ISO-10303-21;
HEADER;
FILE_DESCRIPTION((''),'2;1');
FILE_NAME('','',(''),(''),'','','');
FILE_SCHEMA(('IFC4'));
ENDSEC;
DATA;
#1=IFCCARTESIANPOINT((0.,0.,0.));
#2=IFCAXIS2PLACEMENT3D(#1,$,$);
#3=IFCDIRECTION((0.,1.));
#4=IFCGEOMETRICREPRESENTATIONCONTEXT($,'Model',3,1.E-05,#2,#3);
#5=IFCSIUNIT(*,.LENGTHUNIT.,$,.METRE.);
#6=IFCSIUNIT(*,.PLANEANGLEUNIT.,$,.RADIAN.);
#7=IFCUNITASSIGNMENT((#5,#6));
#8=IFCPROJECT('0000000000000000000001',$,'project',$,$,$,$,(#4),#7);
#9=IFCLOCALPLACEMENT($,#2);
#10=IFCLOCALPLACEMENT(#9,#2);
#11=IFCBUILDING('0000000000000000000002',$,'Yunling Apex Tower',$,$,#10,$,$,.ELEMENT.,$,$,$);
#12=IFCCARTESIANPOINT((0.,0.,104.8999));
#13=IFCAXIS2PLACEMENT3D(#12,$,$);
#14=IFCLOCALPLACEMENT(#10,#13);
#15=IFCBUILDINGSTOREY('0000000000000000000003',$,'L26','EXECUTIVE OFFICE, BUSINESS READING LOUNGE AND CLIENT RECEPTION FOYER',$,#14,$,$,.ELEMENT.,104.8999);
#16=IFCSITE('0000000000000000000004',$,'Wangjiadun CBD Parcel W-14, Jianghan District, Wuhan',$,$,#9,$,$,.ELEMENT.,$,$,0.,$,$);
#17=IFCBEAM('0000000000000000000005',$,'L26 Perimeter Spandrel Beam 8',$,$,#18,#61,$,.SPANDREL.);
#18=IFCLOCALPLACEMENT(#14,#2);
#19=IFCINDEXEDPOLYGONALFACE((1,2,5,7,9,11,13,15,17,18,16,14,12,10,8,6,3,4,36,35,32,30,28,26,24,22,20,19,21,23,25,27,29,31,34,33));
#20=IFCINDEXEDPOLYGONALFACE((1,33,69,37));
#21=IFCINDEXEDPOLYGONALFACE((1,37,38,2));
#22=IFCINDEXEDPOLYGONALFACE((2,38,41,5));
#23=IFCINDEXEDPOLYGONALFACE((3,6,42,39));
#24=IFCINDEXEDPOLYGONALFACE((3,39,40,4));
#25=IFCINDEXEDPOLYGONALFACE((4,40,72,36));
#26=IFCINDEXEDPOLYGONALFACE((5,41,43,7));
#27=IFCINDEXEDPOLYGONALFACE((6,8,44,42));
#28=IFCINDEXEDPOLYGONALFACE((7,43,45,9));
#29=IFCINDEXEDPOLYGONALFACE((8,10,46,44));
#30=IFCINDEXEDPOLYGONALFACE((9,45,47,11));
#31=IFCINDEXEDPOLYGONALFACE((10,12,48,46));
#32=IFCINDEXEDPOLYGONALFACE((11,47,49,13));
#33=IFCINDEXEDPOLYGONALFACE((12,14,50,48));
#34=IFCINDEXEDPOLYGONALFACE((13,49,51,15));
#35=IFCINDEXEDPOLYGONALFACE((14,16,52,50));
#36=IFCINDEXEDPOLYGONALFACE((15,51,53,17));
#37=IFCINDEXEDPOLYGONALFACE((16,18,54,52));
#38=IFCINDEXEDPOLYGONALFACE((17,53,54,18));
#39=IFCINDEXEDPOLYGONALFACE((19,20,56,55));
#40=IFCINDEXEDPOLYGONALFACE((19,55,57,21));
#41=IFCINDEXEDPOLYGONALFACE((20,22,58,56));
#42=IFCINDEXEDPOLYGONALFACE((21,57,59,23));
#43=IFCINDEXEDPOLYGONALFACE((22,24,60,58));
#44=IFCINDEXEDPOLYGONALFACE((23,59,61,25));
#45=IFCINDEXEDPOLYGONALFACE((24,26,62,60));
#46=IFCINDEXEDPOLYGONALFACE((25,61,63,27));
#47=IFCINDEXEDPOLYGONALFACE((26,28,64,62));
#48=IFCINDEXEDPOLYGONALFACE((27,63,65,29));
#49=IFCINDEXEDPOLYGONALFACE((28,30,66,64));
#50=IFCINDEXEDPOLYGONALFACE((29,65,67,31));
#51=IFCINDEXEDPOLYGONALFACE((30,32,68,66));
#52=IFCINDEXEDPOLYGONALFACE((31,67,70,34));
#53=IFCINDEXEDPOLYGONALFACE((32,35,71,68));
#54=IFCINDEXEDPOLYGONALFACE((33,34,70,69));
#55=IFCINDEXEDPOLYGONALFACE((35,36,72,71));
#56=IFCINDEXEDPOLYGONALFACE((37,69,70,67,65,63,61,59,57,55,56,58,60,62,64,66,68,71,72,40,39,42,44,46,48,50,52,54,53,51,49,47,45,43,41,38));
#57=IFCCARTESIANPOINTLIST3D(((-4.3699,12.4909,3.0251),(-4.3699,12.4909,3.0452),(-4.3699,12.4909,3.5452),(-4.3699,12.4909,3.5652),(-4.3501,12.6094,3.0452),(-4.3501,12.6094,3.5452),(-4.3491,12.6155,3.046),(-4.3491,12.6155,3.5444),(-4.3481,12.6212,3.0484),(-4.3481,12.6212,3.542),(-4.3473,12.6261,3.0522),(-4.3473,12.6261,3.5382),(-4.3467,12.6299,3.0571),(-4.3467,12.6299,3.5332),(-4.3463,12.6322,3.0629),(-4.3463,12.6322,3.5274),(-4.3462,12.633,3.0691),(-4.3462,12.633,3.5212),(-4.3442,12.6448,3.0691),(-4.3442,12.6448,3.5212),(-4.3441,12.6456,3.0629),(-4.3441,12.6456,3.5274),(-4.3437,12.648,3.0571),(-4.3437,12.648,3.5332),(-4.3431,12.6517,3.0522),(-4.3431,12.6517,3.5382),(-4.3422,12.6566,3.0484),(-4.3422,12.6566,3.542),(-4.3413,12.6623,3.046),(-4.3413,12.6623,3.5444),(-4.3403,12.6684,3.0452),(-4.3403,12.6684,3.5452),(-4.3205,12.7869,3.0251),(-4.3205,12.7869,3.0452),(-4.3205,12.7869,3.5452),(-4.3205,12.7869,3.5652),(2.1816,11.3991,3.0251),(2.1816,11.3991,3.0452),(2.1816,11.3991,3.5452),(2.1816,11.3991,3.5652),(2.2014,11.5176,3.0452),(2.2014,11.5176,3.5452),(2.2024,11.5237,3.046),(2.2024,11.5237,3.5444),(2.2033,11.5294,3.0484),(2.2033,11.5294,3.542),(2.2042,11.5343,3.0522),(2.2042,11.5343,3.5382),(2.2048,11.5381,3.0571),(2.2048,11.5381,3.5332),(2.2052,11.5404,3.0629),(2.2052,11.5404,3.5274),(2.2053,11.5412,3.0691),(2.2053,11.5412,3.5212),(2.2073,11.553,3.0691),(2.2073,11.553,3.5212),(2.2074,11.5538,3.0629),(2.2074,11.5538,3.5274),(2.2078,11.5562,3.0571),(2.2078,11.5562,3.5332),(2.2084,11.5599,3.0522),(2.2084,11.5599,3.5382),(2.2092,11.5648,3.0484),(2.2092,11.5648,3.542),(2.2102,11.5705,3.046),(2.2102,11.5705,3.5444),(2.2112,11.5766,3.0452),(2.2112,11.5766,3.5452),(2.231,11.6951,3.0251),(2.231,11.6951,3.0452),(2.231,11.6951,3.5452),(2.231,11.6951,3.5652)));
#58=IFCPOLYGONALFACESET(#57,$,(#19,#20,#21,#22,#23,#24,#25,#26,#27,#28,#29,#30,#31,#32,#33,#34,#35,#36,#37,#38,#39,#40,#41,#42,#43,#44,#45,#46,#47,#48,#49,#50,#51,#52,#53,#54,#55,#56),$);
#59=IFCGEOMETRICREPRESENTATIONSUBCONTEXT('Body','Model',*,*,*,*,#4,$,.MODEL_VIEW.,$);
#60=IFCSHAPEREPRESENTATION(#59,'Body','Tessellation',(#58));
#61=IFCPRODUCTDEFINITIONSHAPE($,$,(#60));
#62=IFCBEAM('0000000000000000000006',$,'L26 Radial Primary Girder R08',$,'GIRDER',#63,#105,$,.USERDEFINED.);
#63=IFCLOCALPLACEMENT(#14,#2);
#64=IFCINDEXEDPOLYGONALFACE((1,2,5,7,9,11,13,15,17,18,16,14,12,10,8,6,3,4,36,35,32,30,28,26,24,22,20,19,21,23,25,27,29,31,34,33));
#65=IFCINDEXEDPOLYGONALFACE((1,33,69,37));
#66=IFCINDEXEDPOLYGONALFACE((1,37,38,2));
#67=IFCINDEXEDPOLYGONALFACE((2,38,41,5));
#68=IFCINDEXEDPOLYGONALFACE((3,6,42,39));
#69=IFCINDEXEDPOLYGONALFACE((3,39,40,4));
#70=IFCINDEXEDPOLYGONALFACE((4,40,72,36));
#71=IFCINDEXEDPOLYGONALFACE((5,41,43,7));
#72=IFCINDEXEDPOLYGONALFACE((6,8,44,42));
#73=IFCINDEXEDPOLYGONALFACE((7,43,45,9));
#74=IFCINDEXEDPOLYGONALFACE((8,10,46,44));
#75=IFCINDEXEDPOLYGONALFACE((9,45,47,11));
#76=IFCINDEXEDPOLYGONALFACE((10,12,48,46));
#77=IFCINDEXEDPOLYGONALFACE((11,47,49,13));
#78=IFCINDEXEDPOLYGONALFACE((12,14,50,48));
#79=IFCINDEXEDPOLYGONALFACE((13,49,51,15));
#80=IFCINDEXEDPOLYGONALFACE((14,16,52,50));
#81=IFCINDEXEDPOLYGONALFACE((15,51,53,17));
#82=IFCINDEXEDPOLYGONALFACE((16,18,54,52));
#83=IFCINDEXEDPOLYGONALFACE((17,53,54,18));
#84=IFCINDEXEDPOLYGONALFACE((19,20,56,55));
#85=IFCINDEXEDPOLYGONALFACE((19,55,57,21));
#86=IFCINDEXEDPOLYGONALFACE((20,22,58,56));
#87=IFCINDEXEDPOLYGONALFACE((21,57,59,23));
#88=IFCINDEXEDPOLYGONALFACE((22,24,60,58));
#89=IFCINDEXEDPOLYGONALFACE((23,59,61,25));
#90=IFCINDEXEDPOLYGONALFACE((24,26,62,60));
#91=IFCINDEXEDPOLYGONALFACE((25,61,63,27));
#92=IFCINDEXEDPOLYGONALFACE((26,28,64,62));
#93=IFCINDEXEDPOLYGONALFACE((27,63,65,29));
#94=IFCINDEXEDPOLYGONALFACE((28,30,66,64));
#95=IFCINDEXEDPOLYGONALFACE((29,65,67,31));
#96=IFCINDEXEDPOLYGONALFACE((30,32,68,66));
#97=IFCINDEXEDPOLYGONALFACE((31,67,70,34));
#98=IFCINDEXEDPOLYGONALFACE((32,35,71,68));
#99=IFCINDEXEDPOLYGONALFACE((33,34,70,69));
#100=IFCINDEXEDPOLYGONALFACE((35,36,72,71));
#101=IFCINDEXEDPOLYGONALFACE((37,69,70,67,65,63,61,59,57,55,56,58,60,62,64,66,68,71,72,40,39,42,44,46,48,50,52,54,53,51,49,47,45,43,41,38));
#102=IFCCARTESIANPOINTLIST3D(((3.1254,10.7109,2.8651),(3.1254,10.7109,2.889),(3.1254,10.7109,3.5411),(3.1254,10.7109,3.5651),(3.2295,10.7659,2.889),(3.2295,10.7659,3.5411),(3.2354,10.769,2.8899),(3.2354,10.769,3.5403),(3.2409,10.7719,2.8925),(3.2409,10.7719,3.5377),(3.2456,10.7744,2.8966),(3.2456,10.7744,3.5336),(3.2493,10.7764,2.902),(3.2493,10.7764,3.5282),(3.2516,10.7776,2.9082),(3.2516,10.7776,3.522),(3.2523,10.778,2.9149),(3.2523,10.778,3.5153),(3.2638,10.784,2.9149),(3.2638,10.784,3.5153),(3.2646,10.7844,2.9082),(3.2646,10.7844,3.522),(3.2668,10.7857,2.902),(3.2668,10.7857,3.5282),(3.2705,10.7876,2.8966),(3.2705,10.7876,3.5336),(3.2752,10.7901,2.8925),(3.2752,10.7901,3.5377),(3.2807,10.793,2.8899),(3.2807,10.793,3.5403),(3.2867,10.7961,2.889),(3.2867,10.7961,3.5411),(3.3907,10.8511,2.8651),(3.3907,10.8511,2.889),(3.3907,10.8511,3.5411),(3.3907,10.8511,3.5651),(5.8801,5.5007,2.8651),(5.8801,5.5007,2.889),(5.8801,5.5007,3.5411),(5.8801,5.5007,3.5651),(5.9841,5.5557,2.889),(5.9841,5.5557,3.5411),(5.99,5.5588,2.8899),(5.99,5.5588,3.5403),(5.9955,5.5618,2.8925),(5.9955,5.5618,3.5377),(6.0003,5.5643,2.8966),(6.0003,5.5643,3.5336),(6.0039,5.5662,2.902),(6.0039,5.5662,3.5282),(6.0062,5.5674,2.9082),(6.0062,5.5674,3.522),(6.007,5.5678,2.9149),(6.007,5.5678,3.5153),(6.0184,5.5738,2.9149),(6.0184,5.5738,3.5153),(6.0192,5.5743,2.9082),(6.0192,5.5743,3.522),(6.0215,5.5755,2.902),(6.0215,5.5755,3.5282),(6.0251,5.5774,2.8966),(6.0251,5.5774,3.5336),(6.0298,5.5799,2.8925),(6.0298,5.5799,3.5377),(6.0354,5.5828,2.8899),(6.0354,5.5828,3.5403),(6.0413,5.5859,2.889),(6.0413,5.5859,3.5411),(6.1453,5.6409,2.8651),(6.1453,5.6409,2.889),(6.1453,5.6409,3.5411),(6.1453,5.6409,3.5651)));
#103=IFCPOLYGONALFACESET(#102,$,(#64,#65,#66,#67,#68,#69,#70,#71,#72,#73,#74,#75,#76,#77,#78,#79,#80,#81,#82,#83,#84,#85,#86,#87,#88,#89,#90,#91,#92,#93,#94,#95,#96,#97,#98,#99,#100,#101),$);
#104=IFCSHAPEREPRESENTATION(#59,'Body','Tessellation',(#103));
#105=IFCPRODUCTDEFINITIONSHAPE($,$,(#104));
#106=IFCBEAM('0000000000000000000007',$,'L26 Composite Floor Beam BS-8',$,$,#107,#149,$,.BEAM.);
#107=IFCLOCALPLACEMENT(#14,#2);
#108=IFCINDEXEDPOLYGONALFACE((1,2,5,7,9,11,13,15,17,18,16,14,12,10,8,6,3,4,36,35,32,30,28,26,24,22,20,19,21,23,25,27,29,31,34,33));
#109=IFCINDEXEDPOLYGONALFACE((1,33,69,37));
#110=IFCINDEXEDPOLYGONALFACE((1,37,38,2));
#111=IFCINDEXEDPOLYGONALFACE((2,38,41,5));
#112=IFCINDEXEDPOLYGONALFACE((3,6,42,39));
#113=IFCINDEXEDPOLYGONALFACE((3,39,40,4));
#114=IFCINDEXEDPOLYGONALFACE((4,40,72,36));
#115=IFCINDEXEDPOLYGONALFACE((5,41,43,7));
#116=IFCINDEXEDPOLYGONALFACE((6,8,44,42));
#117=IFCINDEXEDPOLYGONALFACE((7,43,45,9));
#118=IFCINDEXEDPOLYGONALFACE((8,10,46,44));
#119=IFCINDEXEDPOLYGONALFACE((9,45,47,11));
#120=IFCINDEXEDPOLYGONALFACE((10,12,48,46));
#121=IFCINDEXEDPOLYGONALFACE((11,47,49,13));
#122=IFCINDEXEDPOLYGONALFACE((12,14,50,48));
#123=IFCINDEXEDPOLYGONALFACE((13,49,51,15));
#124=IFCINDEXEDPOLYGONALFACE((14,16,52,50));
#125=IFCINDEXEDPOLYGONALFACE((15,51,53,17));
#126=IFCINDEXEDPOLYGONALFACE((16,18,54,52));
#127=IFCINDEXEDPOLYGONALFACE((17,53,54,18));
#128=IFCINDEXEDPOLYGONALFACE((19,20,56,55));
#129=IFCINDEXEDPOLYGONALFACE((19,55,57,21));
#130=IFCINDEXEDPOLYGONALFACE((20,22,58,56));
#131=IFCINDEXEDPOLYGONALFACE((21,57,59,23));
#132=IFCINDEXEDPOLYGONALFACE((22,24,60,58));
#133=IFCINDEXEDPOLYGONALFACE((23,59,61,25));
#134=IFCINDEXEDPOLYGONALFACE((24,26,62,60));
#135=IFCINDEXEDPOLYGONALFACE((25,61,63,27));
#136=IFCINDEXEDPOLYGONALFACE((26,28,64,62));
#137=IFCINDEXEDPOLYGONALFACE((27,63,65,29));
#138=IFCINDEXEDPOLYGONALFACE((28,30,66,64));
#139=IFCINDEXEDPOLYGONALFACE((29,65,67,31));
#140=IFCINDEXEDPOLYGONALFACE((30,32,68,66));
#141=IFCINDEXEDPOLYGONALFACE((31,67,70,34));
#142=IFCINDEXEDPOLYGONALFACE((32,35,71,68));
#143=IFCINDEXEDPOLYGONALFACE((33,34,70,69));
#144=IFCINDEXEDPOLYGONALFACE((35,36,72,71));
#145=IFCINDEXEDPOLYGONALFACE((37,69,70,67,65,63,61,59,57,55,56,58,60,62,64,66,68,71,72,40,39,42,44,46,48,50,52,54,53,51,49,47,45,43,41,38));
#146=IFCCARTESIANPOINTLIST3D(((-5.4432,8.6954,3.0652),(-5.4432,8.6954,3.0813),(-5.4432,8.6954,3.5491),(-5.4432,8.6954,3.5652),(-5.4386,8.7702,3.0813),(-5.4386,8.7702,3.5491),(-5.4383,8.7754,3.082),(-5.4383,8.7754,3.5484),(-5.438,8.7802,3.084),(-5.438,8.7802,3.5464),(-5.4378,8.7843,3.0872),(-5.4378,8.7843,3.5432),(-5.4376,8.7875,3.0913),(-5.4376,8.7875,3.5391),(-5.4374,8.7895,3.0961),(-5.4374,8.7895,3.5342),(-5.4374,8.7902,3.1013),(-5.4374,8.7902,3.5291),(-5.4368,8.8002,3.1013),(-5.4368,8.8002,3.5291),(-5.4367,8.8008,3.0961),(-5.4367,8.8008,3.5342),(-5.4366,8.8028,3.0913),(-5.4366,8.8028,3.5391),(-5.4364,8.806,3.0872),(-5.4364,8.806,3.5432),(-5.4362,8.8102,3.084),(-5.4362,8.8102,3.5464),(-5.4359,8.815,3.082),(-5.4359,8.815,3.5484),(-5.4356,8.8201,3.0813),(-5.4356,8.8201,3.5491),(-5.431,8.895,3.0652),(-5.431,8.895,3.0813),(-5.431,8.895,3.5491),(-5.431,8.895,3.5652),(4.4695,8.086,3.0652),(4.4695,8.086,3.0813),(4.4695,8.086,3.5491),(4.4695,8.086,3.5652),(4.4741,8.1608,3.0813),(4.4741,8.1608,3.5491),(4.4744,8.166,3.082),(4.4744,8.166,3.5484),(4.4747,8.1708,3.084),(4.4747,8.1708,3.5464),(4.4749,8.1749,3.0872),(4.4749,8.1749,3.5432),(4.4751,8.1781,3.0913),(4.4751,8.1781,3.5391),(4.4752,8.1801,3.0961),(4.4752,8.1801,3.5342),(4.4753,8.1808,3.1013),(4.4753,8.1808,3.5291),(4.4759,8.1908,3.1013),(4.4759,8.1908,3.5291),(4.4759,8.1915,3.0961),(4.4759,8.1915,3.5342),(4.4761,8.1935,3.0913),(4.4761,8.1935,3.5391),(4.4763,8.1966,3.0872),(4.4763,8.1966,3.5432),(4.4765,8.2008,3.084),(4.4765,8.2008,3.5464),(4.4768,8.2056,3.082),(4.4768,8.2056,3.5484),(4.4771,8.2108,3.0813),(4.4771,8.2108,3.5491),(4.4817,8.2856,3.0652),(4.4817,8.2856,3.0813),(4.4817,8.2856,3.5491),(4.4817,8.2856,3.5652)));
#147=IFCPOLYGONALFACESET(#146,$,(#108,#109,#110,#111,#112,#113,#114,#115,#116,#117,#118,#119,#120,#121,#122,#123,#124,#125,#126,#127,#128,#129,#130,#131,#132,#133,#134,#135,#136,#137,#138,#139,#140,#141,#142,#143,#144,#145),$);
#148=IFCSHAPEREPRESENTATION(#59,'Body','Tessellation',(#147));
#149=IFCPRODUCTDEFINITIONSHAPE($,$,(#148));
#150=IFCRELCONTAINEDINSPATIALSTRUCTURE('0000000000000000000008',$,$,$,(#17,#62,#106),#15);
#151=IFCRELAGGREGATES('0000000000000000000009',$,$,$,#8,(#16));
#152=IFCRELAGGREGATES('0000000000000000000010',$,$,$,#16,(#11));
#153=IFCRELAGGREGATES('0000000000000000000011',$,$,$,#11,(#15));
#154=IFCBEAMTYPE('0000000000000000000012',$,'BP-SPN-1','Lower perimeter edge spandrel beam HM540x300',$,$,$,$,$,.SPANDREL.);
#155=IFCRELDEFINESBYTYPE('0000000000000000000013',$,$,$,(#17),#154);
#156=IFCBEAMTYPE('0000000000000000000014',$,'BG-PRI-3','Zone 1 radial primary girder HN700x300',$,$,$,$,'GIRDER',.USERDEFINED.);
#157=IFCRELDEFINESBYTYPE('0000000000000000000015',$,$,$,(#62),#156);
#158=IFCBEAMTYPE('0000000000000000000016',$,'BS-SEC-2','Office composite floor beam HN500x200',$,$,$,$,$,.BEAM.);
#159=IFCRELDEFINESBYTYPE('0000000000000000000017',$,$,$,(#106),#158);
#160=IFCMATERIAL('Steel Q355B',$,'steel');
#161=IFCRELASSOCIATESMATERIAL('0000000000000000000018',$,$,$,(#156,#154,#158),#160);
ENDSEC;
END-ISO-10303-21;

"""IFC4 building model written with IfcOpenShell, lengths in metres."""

from ifc_helpers import new_model, si_unit, direction, frame, origin, origin_2d, place, context, subcontext, project, spatial, i_section, extrude, source, transform, mapped, material, material_profile, profile_set, type_object, element, save


model = new_model("IFC4")

# Units and contexts
model_context = context("Model", 3, precision=1e-05, world=origin(), true_north=direction((0.0, 1.0)))
body_context = subcontext(model_context, "Body", "Model", "MODEL_VIEW")
ifc_project = project(units=[si_unit("LENGTHUNIT", "METRE"), si_unit("PLANEANGLEUNIT", "RADIAN")], contexts=[model_context])

# Site, building, storey
site_placement = place(None, origin())
site = spatial("IfcSite", under=ifc_project, at=site_placement, Name="Wangjiadun CBD Parcel W-14, Jianghan District, Wuhan", CompositionType="ELEMENT", RefElevation=0.0)
building_placement = place(site_placement, origin())
building = spatial("IfcBuilding", under=site, at=building_placement, Name="Yunling Apex Tower", CompositionType="ELEMENT")
storey_placement = place(building_placement, frame((0.0, 0.0, 104.8999)))
storey = spatial("IfcBuildingStorey", under=building, at=storey_placement, Name="L26", Description="EXECUTIVE OFFICE, BUSINESS READING LOUNGE AND CLIENT RECEPTION FOYER", CompositionType="ELEMENT", Elevation=104.8999)

# Beams
ifc_material_1 = material(Name="Steel Q355B", Category="steel")
ifc_material_profile_1 = material_profile(ifc_material_1, i_section(OverallWidth=0.3, OverallDepth=0.7, WebThickness=0.0129, FlangeThickness=0.0239, FilletRadius=0.0259, at=origin_2d()))
ifc_profile_set_1 = profile_set([ifc_material_profile_1], Name="Steel Q355B")
beam_type_1 = type_object("IfcBeamType", Name="BG-PRI-3", Description="Zone 1 radial primary girder HN700x300", ElementType="GIRDER", PredefinedType="USERDEFINED", material=ifc_profile_set_1)
ifc_material_profile_2 = material_profile(ifc_material_1, i_section(OverallWidth=0.3, OverallDepth=0.54, WebThickness=0.012, FlangeThickness=0.02, FilletRadius=0.0239, at=origin_2d()))
ifc_profile_set_2 = profile_set([ifc_material_profile_2], Name="Steel Q355B")
beam_type_2 = type_object("IfcBeamType", Name="BP-SPN-1", Description="Lower perimeter edge spandrel beam HM540x300", PredefinedType="SPANDREL", material=ifc_profile_set_2)
shared_shape_1 = source(origin(), body_context, "Body", "SweptSolid", [
    extrude(i_section(OverallWidth=0.3, OverallDepth=0.54, WebThickness=0.012, FlangeThickness=0.02, FilletRadius=0.0239, at=origin_2d()), origin(), (0.0, 0.0, 1.0), 6.6418),
])
beam_1_placement = place(storey_placement, frame((2.2063, 11.5471, 3.2952), z_axis=(-0.986397, 0.164381, 0.0), x_axis=(-0.164381, -0.986397, 0.0)))
element("IfcBeam", 1, at=beam_1_placement, inside=storey, type_object=beam_type_2, Name="L26 Perimeter Spandrel Beam 8", PredefinedType="SPANDREL", context=body_context, shape_type="MappedRepresentation", body=[
    mapped(shared_shape_1, transform((0.0, 0.0, 0.0), scale=1.0)),
])
shared_shape_2 = source(origin(), body_context, "Body", "SweptSolid", [
    extrude(i_section(OverallWidth=0.3, OverallDepth=0.7, WebThickness=0.0129, FlangeThickness=0.0239, FilletRadius=0.0259, at=origin_2d()), origin(), (0.0, 0.0, 1.0), 5.8936),
])
beam_2_placement = place(storey_placement, frame((3.2581, 10.781, 3.2151), z_axis=(0.467397, -0.884048, 0.0), x_axis=(0.884048, 0.467397, 0.0)))
element("IfcBeam", 2, at=beam_2_placement, inside=storey, type_object=beam_type_1, Name="L26 Radial Primary Girder R08", ObjectType="GIRDER", PredefinedType="USERDEFINED", context=body_context, shape_type="MappedRepresentation", body=[
    mapped(shared_shape_2, transform((0.0, 0.0, 0.0), scale=1.0)),
])
ifc_material_profile_3 = material_profile(ifc_material_1, i_section(OverallWidth=0.2, OverallDepth=0.5, WebThickness=0.01, FlangeThickness=0.0161, FilletRadius=0.02, at=origin_2d()))
ifc_profile_set_3 = profile_set([ifc_material_profile_3], Name="Steel Q355B")
beam_type_3 = type_object("IfcBeamType", Name="BS-SEC-2", Description="Office composite floor beam HN500x200", PredefinedType="BEAM", material=ifc_profile_set_3)
shared_shape_3 = source(origin(), body_context, "Body", "SweptSolid", [
    extrude(i_section(OverallWidth=0.2, OverallDepth=0.5, WebThickness=0.01, FlangeThickness=0.0161, FilletRadius=0.02, at=origin_2d()), origin(), (0.0, 0.0, 1.0), 9.9314),
])
beam_3_placement = place(storey_placement, frame((4.4756, 8.1858, 3.3152), z_axis=(-0.998116, 0.061359, 0.0), x_axis=(-0.061359, -0.998116, 0.0)))
element("IfcBeam", 3, at=beam_3_placement, inside=storey, type_object=beam_type_3, Name="L26 Composite Floor Beam BS-8", PredefinedType="BEAM", context=body_context, shape_type="MappedRepresentation", body=[
    mapped(shared_shape_3, transform((0.0, 0.0, 0.0), scale=1.0)),
])

save(model, "model.ifc")
